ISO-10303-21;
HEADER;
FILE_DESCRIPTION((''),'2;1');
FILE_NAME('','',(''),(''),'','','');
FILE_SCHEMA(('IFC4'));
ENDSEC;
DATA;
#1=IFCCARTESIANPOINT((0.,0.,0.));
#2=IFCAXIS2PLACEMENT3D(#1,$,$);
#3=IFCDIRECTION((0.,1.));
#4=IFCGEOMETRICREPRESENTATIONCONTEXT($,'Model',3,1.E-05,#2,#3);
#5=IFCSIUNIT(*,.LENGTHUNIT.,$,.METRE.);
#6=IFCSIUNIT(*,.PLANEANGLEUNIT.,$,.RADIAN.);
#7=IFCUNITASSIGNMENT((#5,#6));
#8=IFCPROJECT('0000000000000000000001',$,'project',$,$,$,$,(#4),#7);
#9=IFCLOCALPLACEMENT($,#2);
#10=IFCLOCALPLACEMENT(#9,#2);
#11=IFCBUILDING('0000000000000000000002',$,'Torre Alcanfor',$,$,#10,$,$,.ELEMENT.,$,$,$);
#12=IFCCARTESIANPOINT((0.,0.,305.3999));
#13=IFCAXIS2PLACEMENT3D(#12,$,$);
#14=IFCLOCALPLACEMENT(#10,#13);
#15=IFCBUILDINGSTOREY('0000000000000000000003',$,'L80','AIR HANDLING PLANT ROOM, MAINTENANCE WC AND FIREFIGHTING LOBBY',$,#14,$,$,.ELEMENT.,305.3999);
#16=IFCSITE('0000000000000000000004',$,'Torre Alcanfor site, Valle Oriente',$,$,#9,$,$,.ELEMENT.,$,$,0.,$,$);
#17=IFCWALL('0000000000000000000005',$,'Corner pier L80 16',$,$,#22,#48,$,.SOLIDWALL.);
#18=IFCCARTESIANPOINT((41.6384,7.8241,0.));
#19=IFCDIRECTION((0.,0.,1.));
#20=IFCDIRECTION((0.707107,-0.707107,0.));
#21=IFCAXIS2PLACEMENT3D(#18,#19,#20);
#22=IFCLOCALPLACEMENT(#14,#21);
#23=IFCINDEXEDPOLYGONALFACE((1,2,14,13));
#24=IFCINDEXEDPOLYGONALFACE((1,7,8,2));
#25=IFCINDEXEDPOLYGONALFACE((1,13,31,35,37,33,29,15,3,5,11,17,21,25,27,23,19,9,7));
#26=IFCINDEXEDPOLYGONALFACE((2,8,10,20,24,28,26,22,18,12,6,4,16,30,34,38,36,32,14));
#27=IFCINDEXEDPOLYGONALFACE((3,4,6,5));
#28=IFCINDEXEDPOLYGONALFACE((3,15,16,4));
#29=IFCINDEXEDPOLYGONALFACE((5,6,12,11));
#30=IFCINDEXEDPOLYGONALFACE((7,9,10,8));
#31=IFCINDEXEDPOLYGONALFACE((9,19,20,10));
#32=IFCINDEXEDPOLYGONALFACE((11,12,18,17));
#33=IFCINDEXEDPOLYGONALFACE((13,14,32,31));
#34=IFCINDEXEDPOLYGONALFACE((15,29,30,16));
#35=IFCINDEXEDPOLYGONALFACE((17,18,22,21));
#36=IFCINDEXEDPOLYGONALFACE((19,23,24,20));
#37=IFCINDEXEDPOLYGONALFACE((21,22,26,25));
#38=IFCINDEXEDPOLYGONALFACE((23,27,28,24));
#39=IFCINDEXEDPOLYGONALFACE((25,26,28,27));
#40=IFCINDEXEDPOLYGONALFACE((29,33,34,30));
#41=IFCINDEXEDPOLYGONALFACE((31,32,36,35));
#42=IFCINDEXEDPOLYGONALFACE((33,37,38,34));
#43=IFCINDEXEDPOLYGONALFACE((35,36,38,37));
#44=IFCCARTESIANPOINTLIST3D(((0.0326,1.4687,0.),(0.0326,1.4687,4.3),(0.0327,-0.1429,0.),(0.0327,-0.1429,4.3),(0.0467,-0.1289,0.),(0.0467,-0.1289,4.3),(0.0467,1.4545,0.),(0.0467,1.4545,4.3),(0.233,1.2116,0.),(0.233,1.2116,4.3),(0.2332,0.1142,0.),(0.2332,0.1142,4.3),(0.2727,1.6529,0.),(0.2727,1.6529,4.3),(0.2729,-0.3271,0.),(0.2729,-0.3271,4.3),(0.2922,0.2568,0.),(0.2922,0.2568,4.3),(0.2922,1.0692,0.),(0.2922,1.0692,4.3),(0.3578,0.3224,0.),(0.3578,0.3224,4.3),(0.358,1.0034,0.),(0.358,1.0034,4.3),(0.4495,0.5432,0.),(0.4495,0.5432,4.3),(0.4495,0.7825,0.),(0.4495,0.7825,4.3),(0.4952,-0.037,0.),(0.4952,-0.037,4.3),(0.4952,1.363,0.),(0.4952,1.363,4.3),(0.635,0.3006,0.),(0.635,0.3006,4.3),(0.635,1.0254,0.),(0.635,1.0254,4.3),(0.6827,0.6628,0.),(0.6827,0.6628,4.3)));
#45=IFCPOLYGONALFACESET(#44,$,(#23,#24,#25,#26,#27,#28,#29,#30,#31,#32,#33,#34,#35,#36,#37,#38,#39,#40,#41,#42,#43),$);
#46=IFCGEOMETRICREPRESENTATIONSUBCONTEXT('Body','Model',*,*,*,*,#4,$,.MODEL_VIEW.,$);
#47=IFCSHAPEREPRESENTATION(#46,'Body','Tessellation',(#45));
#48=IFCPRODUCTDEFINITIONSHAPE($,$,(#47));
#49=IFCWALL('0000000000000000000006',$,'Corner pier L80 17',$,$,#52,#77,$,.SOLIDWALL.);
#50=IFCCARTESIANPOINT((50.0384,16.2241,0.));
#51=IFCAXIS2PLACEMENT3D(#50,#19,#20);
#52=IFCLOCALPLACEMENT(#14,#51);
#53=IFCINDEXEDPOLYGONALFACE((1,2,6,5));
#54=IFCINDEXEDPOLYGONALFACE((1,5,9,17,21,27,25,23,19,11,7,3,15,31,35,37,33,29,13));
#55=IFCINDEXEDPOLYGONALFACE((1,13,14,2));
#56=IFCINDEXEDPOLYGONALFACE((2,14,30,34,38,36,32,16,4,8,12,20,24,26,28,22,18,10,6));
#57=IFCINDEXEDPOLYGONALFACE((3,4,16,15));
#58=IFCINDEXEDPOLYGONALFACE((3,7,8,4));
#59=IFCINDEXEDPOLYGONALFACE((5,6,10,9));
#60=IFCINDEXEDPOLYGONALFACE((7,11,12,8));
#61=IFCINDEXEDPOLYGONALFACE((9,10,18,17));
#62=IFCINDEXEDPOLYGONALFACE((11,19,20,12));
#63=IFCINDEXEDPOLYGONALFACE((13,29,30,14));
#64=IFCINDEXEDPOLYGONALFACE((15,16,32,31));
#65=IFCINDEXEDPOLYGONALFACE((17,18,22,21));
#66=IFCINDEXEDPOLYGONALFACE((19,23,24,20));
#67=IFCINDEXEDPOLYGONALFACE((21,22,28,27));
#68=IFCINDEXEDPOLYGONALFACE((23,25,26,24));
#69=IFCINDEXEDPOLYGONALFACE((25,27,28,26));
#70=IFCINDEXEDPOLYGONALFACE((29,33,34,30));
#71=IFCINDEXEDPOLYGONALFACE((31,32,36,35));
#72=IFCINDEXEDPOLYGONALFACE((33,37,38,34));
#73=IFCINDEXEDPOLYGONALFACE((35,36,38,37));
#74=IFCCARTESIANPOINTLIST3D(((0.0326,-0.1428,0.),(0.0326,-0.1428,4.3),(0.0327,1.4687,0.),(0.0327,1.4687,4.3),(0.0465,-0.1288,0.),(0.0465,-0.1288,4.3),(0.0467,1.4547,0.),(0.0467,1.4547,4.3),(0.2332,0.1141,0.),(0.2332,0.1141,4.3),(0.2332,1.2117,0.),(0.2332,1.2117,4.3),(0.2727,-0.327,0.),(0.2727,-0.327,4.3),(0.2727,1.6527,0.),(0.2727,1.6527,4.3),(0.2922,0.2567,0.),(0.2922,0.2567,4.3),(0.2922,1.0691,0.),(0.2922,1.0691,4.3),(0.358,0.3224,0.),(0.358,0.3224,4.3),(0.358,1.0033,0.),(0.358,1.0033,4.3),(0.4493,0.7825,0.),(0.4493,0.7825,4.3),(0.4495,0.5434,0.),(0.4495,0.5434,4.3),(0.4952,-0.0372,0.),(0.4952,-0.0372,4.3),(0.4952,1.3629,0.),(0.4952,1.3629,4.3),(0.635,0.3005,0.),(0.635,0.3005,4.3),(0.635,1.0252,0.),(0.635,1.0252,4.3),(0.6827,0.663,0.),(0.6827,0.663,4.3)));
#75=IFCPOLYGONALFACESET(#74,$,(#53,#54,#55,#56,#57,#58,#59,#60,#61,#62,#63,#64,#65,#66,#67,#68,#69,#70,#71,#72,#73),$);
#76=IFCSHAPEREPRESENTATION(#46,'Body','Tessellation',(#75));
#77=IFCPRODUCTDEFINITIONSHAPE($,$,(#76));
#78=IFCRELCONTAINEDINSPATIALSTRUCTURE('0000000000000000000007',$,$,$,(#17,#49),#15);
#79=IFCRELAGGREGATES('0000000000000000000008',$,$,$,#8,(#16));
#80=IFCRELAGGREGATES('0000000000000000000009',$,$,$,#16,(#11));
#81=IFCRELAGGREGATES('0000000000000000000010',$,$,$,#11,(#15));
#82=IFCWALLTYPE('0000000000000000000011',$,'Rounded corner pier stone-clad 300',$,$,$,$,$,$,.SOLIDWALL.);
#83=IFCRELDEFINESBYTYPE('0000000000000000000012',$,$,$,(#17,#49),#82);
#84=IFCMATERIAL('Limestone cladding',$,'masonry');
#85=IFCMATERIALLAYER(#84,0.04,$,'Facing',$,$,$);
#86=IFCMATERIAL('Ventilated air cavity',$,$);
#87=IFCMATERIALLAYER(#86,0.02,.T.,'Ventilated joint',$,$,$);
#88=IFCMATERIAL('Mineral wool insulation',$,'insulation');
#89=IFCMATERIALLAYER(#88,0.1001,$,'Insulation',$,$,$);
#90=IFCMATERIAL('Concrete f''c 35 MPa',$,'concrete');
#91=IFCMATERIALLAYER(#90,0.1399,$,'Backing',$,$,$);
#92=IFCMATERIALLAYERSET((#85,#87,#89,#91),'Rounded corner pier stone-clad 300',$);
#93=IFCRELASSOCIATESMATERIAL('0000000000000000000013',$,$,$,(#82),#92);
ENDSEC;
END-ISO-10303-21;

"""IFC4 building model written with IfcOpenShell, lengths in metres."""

from ifc_helpers import new_model, si_unit, direction, frame, origin, place, context, subcontext, project, spatial, polyline, outline, extrude, material, layer, layer_set, type_object, element, save


model = new_model("IFC4")

# Units and contexts
model_context = context("Model", 3, precision=1e-05, world=origin(), true_north=direction((0.0, 1.0)))
body_context = subcontext(model_context, "Body", "Model", "MODEL_VIEW")
ifc_project = project(units=[si_unit("LENGTHUNIT", "METRE"), si_unit("PLANEANGLEUNIT", "RADIAN")], contexts=[model_context])

# Site, building, storey
site_placement = place(None, origin())
site = spatial("IfcSite", under=ifc_project, at=site_placement, Name="Torre Alcanfor site, Valle Oriente", CompositionType="ELEMENT", RefElevation=0.0)
building_placement = place(site_placement, origin())
building = spatial("IfcBuilding", under=site, at=building_placement, Name="Torre Alcanfor", CompositionType="ELEMENT")
storey_placement = place(building_placement, frame((0.0, 0.0, 305.3999)))
storey = spatial("IfcBuildingStorey", under=building, at=storey_placement, Name="L80", Description="AIR HANDLING PLANT ROOM, MAINTENANCE WC AND FIREFIGHTING LOBBY", CompositionType="ELEMENT", Elevation=305.3999)

# Walls
ifc_material_1 = material(Name="Limestone cladding", Category="masonry")
ifc_material_2 = material(Name="Ventilated air cavity")
ifc_material_3 = material(Name="Mineral wool insulation", Category="insulation")
ifc_material_4 = material(Name="Concrete f'c 35 MPa", Category="concrete")
ifc_layer_1 = layer(ifc_material_1, 0.04, Name="Facing")
ifc_layer_2 = layer(ifc_material_2, 0.02, ventilated=True, Name="Ventilated joint")
ifc_layer_3 = layer(ifc_material_3, 0.1001, Name="Insulation")
ifc_layer_4 = layer(ifc_material_4, 0.1399, Name="Backing")
ifc_layer_set_1 = layer_set([ifc_layer_1, ifc_layer_2, ifc_layer_3, ifc_layer_4], Name="Rounded corner pier stone-clad 300")
wall_type_1 = type_object("IfcWallType", Name="Rounded corner pier stone-clad 300", PredefinedType="SOLIDWALL", material=ifc_layer_set_1)
wall_1_placement = place(storey_placement, frame((41.6384, 7.8241, 0.0), z_axis=(0.0, 0.0, 1.0), x_axis=(0.707107, -0.707107, 0.0)))
element("IfcWall", 1, at=wall_1_placement, inside=storey, type_object=wall_type_1, Name="Corner pier L80 16", PredefinedType="SOLIDWALL", context=body_context, shape_type="SweptSolid", body=[
    extrude(outline(polyline([(0.0326, 1.4687), (0.0467, 1.4545), (0.233, 1.2116), (0.2922, 1.0692), (0.358, 1.0034), (0.4495, 0.7825), (0.4495, 0.5432), (0.3578, 0.3224), (0.2922, 0.2568), (0.2332, 0.1142), (0.0467, -0.1289), (0.0327, -0.1429), (0.2729, -0.3271), (0.4952, -0.037), (0.635, 0.3006), (0.6827, 0.6628), (0.635, 1.0254), (0.4952, 1.363), (0.2727, 1.6529), (0.0326, 1.4687)])), origin(), (0.0, 0.0, 1.0), 4.3),
])
wall_2_placement = place(storey_placement, frame((50.0384, 16.2241, 0.0), z_axis=(0.0, 0.0, 1.0), x_axis=(0.707107, -0.707107, 0.0)))
element("IfcWall", 2, at=wall_2_placement, inside=storey, type_object=wall_type_1, Name="Corner pier L80 17", PredefinedType="SOLIDWALL", context=body_context, shape_type="SweptSolid", body=[
    extrude(outline(polyline([(0.0467, 1.4547), (0.2332, 1.2117), (0.2922, 1.0691), (0.358, 1.0033), (0.4493, 0.7825), (0.4495, 0.5434), (0.358, 0.3224), (0.2922, 0.2567), (0.2332, 0.1141), (0.0465, -0.1288), (0.0326, -0.1428), (0.2727, -0.327), (0.4952, -0.0372), (0.635, 0.3005), (0.6827, 0.663), (0.635, 1.0252), (0.4952, 1.3629), (0.2727, 1.6527), (0.0327, 1.4687), (0.0467, 1.4547)])), origin(), (0.0, 0.0, 1.0), 4.3),
])

save(model, "model.ifc")
